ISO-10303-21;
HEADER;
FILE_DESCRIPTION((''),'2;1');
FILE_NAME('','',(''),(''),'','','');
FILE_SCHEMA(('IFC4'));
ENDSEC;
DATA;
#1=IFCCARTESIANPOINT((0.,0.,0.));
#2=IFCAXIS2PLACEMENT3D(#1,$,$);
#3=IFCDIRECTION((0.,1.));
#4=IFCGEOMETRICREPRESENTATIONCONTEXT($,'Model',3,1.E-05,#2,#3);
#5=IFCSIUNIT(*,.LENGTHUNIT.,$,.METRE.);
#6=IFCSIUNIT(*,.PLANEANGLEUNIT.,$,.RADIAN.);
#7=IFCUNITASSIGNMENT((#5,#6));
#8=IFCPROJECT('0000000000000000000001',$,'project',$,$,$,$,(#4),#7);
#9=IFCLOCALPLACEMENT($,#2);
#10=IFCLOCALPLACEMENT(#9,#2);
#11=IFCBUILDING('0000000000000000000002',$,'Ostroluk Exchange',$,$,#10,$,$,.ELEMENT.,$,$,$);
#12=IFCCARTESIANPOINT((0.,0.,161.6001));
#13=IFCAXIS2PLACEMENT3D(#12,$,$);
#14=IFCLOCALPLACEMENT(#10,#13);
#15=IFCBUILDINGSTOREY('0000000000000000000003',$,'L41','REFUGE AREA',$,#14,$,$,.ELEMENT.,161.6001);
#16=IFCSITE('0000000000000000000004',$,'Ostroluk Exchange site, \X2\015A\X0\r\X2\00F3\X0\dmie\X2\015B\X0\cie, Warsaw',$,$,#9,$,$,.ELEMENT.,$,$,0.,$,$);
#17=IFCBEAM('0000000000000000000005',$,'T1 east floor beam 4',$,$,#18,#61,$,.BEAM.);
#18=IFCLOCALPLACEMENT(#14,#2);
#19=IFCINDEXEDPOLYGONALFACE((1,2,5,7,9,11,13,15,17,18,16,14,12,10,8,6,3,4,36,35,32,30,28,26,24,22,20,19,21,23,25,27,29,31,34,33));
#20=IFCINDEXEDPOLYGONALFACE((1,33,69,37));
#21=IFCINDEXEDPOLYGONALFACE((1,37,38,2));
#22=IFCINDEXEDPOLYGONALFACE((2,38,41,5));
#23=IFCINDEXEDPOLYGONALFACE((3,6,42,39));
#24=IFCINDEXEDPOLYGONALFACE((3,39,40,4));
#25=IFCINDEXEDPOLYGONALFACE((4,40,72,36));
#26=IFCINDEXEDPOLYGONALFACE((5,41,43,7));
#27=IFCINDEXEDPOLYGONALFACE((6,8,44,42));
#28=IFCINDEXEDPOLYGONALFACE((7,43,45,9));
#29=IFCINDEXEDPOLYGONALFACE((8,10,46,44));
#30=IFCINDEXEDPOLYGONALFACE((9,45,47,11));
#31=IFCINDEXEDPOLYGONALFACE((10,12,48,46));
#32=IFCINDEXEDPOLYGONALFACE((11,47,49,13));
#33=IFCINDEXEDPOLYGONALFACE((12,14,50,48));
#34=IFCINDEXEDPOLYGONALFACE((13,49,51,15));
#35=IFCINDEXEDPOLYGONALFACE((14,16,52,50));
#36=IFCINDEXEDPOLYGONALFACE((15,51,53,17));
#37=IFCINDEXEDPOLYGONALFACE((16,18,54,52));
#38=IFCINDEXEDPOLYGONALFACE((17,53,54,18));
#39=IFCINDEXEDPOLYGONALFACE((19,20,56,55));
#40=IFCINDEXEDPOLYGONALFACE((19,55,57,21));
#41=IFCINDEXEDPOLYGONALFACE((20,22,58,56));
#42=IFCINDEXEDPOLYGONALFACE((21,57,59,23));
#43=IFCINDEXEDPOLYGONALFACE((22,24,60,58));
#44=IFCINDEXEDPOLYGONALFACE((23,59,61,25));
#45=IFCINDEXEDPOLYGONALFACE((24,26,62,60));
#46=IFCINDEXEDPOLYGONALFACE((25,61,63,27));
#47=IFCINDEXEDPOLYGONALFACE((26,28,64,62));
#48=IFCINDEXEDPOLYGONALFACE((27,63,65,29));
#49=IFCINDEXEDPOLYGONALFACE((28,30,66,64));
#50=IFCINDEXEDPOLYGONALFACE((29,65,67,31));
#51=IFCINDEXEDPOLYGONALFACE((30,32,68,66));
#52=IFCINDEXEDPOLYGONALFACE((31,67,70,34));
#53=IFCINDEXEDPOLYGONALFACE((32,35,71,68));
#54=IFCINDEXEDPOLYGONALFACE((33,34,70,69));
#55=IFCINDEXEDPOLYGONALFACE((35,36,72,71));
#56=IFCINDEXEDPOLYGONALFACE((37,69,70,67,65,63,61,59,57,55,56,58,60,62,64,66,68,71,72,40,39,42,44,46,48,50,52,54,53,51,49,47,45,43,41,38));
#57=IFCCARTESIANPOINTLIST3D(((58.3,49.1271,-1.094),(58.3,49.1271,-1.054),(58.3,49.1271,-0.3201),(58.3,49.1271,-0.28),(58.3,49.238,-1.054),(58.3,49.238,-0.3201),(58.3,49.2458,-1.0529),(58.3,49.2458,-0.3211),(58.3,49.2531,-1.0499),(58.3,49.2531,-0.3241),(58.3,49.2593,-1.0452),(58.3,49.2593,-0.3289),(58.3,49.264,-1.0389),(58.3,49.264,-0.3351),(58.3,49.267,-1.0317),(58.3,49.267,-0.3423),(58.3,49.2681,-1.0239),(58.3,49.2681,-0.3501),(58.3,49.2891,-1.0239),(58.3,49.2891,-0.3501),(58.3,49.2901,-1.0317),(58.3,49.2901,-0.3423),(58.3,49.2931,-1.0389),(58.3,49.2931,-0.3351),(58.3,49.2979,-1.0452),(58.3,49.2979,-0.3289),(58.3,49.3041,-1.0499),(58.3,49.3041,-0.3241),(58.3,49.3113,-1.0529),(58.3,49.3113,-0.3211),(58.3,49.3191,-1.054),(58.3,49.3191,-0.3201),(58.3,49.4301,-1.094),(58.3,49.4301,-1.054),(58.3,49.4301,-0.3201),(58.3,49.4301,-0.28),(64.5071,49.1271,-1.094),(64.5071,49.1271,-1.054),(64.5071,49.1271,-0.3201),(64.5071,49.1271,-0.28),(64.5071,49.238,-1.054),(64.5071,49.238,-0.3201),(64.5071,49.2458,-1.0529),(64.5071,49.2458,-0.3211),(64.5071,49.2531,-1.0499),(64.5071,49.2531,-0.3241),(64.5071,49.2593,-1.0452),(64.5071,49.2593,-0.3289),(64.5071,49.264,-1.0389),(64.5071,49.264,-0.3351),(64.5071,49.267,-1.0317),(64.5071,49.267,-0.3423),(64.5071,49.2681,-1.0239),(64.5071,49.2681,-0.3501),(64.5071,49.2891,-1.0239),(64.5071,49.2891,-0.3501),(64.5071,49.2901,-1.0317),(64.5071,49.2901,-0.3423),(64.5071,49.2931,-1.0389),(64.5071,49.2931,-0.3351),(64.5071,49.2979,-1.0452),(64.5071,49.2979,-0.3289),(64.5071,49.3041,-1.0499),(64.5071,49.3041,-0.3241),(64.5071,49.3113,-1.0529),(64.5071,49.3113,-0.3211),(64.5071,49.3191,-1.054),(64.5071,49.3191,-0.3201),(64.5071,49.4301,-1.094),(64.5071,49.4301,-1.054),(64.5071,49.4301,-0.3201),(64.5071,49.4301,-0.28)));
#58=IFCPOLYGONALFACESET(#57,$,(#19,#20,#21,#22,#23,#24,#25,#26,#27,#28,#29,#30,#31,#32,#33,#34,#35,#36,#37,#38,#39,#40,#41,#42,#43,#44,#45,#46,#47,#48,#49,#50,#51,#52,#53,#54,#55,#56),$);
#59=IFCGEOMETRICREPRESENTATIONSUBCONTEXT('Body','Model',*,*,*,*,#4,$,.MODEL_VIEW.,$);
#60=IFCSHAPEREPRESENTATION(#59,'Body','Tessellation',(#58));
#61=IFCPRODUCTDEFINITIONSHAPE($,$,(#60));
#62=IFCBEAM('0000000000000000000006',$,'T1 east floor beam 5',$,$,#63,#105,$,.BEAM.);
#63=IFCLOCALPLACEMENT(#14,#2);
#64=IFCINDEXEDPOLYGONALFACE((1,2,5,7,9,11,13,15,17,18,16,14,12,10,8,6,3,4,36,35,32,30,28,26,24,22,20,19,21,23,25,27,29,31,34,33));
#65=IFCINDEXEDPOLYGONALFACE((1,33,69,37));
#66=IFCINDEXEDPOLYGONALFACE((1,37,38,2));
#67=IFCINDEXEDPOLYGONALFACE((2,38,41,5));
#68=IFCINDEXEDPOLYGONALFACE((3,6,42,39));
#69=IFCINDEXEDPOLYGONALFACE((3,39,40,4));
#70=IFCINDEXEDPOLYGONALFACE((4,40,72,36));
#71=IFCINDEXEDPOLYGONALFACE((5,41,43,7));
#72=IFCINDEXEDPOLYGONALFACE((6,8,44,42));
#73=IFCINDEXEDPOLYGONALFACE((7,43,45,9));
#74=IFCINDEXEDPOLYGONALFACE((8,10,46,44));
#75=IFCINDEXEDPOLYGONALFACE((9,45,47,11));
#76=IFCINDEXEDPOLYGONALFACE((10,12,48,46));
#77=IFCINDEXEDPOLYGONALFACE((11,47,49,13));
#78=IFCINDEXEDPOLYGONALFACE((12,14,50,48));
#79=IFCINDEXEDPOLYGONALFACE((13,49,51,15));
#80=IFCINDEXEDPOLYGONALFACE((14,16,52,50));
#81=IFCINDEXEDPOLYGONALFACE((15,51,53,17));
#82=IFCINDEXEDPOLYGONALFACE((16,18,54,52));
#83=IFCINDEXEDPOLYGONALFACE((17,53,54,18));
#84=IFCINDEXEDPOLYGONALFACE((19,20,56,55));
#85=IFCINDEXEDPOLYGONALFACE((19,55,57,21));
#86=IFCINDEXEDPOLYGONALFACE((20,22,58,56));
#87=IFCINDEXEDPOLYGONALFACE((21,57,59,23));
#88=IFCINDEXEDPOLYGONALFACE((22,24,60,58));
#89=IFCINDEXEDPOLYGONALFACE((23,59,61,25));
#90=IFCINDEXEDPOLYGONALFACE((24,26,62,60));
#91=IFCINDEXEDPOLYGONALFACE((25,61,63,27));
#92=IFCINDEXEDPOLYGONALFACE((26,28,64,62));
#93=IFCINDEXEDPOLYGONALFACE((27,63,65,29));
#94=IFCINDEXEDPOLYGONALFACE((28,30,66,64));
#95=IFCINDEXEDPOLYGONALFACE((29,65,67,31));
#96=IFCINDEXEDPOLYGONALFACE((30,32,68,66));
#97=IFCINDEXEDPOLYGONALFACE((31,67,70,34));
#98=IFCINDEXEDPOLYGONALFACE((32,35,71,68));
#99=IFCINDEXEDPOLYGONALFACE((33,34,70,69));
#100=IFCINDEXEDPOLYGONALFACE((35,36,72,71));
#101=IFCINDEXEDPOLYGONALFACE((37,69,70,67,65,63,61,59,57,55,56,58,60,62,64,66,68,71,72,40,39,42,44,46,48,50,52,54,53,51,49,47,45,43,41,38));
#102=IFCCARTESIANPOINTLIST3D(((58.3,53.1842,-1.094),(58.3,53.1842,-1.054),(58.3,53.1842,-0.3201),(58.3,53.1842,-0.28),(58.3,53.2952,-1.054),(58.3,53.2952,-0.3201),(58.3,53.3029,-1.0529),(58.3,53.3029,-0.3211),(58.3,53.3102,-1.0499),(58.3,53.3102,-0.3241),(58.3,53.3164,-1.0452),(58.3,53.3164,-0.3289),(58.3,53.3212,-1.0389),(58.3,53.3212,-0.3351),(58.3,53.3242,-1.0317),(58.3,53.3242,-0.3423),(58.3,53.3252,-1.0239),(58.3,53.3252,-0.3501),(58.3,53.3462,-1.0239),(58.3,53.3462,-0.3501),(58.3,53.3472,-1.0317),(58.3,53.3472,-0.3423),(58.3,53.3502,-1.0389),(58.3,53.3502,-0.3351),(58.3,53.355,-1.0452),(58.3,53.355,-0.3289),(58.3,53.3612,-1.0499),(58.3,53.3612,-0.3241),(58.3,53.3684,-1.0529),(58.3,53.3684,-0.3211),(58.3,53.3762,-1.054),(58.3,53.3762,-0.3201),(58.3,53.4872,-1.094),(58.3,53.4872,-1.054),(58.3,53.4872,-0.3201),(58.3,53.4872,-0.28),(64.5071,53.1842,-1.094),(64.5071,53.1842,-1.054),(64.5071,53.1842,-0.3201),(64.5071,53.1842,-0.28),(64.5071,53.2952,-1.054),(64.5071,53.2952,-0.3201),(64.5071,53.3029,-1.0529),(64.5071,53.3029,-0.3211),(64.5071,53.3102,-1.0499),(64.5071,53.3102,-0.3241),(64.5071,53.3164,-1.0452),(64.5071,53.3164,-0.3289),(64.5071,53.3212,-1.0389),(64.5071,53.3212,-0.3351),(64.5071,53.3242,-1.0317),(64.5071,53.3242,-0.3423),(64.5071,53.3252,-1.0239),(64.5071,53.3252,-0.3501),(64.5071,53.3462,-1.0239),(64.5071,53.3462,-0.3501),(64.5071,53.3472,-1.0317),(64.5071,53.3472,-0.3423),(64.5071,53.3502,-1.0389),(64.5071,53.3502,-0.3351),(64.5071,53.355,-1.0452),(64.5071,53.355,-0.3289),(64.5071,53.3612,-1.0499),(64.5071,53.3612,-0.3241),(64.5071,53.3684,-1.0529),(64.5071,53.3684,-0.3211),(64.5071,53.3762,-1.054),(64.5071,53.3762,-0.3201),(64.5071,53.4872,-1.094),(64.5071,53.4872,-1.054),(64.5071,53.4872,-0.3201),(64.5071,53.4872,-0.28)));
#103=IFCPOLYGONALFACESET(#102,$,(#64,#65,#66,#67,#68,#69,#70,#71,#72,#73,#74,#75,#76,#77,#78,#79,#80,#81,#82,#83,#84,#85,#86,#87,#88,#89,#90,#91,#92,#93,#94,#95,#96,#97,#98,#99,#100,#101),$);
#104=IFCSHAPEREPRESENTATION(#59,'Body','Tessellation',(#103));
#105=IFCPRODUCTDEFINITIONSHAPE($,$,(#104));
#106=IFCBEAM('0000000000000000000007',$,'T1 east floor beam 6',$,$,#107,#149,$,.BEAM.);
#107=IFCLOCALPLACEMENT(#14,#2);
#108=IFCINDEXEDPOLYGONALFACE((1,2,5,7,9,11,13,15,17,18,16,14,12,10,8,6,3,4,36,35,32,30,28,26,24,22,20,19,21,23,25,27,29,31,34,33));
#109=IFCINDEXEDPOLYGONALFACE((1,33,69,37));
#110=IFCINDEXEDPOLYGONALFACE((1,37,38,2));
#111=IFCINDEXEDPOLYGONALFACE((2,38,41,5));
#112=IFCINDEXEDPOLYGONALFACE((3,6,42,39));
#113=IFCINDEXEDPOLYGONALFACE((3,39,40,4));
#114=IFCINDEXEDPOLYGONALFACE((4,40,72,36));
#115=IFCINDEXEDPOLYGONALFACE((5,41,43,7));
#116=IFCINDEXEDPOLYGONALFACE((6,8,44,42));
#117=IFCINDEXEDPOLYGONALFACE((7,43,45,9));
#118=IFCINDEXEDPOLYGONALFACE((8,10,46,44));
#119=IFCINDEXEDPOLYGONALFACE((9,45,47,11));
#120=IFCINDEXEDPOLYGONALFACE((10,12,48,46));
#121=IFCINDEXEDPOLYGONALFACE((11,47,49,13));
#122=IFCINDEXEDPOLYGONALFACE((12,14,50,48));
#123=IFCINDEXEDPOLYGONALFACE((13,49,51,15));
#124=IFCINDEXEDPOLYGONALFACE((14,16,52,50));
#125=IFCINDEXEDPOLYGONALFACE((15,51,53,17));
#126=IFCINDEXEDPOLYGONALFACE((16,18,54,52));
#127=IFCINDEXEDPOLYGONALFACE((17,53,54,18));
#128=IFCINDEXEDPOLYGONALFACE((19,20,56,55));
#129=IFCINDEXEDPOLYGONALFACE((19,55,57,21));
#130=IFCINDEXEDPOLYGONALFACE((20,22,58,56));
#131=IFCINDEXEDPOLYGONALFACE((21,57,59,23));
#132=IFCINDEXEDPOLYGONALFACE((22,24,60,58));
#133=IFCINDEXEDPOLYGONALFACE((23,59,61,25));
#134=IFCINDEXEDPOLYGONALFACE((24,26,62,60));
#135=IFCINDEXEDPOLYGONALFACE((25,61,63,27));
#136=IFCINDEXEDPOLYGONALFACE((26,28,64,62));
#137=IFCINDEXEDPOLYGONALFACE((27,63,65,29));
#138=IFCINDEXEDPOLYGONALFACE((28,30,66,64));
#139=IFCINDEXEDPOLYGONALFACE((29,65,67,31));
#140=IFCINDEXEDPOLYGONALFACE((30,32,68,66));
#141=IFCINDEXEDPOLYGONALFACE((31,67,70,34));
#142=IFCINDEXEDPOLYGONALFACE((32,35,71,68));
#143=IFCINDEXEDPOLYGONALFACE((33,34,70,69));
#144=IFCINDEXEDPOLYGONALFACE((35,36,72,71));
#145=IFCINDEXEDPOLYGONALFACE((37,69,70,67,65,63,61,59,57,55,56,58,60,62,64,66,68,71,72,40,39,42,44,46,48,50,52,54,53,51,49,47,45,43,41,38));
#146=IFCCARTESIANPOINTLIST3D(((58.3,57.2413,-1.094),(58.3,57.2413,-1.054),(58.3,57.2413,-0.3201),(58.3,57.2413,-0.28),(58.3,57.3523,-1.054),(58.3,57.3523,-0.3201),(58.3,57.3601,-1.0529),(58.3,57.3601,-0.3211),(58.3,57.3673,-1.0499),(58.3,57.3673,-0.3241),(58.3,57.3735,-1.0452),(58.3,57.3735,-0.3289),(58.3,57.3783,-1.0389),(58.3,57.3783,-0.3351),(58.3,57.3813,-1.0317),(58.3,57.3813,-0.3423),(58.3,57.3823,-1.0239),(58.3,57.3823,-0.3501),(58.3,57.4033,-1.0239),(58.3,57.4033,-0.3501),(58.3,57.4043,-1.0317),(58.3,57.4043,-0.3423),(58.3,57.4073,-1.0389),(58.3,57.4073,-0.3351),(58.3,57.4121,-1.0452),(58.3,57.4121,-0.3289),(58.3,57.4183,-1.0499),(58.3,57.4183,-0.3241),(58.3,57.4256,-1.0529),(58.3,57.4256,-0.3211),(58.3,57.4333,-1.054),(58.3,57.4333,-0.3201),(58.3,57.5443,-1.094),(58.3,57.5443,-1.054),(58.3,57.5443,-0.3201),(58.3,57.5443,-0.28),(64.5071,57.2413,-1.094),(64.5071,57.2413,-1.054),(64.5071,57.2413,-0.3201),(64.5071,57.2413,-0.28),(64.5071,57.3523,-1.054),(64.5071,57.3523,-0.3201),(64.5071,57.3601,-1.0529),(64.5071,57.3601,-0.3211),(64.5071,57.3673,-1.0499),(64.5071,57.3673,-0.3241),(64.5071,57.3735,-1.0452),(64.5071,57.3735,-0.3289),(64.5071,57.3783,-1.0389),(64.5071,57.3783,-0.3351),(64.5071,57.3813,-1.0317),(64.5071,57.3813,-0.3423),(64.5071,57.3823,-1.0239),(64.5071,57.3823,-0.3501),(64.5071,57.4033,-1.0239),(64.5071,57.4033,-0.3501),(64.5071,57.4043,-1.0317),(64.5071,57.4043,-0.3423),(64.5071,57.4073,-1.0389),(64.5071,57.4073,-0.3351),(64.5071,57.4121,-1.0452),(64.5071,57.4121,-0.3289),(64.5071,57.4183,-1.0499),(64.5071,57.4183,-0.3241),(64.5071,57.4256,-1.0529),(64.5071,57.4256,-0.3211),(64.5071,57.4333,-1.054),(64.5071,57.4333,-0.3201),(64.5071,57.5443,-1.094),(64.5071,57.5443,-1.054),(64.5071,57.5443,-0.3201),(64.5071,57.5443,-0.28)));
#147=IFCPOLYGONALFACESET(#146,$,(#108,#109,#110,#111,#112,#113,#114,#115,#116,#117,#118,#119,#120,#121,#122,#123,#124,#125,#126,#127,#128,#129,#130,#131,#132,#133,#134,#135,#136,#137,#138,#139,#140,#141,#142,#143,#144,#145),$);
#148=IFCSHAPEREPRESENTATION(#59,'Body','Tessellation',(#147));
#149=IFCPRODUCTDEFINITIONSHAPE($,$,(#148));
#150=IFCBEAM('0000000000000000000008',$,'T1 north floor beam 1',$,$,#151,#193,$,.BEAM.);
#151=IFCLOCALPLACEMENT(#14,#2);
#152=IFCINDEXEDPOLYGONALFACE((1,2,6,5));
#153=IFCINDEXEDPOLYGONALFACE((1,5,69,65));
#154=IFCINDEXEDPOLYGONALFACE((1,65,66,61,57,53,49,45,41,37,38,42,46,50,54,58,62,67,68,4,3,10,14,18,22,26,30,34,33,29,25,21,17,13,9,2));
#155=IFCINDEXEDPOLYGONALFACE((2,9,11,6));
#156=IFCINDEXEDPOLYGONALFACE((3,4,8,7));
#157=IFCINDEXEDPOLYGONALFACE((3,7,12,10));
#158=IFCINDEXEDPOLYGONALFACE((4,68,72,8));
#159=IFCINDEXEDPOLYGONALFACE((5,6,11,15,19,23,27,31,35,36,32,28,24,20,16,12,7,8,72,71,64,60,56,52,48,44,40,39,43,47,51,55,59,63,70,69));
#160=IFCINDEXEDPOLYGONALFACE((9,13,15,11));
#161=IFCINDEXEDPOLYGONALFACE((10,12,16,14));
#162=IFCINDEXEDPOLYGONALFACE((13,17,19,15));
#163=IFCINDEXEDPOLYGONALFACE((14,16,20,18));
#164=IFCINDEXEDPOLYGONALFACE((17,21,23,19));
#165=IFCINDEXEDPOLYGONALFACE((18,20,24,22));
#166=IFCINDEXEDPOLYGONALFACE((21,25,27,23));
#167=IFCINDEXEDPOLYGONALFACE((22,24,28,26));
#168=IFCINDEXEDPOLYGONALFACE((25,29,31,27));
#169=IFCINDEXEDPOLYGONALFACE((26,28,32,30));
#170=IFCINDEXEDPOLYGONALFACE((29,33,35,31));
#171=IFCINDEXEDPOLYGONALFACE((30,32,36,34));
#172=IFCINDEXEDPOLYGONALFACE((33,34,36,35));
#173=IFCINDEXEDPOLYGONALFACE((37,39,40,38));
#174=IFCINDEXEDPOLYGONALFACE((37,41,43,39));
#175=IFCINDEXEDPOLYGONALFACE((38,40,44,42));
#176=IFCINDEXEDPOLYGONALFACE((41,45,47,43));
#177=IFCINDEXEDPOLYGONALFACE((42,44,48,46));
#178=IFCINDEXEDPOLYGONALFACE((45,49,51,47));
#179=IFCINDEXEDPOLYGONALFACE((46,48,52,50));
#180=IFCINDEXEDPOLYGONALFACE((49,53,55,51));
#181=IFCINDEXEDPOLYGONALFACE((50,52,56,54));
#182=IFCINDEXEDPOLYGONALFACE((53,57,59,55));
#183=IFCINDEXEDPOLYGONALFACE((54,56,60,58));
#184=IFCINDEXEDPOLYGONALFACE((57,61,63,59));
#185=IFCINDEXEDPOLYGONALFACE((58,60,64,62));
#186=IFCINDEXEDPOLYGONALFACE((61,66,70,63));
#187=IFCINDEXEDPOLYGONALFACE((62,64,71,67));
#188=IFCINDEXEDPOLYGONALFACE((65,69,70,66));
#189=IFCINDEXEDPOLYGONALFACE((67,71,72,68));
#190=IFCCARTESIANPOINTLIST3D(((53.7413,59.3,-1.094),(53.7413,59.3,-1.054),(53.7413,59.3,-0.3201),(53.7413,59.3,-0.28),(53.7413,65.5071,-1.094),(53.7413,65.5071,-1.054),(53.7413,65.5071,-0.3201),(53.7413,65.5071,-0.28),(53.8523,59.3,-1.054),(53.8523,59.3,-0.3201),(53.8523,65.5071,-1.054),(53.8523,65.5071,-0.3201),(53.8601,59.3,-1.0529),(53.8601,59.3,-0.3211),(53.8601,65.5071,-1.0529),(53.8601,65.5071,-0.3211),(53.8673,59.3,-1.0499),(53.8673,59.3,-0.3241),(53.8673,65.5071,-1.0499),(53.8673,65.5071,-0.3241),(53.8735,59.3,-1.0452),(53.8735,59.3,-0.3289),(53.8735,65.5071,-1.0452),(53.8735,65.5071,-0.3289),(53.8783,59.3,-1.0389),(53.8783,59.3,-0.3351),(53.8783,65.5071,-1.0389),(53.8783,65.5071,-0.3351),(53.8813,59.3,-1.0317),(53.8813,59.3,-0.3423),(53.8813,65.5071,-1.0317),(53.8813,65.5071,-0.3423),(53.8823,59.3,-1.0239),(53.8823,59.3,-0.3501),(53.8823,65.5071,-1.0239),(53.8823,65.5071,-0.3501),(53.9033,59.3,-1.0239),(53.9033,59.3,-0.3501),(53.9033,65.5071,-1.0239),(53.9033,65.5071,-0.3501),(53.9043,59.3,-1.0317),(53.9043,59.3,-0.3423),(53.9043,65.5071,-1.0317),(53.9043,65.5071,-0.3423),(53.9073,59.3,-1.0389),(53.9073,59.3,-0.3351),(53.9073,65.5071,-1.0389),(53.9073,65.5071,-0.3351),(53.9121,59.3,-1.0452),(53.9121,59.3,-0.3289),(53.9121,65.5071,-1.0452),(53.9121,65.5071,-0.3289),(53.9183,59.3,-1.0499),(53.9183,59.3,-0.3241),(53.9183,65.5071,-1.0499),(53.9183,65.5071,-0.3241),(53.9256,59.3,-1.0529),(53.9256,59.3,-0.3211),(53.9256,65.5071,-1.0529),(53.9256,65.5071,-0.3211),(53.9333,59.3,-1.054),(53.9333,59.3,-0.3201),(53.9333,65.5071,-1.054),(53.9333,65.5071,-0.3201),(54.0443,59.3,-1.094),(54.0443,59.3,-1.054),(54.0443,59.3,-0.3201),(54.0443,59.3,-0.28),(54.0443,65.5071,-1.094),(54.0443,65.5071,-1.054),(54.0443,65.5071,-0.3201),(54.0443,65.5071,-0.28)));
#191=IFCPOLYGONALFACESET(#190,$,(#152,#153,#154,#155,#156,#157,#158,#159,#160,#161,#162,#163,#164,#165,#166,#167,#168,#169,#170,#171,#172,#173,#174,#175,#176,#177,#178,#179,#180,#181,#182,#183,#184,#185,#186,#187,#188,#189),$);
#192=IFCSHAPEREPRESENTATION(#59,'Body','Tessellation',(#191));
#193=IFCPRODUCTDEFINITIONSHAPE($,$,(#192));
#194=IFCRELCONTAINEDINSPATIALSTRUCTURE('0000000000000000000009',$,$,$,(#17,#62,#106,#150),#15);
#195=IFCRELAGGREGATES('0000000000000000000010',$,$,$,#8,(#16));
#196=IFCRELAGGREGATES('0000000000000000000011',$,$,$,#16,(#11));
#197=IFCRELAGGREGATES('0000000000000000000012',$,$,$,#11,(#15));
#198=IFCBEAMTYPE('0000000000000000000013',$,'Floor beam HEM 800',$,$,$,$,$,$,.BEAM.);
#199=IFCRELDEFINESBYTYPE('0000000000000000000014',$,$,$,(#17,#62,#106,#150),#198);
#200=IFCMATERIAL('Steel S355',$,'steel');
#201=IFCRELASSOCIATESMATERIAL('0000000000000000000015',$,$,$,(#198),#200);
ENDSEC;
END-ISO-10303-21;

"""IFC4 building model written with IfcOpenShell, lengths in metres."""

from ifc_helpers import new_model, si_unit, direction, frame, origin, origin_2d, place, context, subcontext, project, spatial, i_section, extrude, material, material_profile, profile_set, type_object, element, save


model = new_model("IFC4")

# Units and contexts
model_context = context("Model", 3, precision=1e-05, world=origin(), true_north=direction((0.0, 1.0)))
body_context = subcontext(model_context, "Body", "Model", "MODEL_VIEW")
ifc_project = project(units=[si_unit("LENGTHUNIT", "METRE"), si_unit("PLANEANGLEUNIT", "RADIAN")], contexts=[model_context])

# Site, building, storey
site_placement = place(None, origin())
site = spatial("IfcSite", under=ifc_project, at=site_placement, Name="Ostroluk Exchange site, Śródmieście, Warsaw", CompositionType="ELEMENT", RefElevation=0.0)
building_placement = place(site_placement, origin())
building = spatial("IfcBuilding", under=site, at=building_placement, Name="Ostroluk Exchange", CompositionType="ELEMENT")
storey_placement = place(building_placement, frame((0.0, 0.0, 161.6001)))
storey = spatial("IfcBuildingStorey", under=building, at=storey_placement, Name="L41", Description="REFUGE AREA", CompositionType="ELEMENT", Elevation=161.6001)

# Beams
ifc_material_1 = material(Name="Steel S355", Category="steel")
ifc_material_profile_1 = material_profile(ifc_material_1, i_section(OverallWidth=0.303, OverallDepth=0.814, WebThickness=0.021, FlangeThickness=0.04, FilletRadius=0.03, at=origin_2d()), Name="HEM 800")
ifc_profile_set_1 = profile_set([ifc_material_profile_1], Name="Steel S355")
beam_type_1 = type_object("IfcBeamType", Name="Floor beam HEM 800", PredefinedType="BEAM", material=ifc_profile_set_1)
for number, where, z_axis, x_axis, name in (
    (1, (58.3, 49.2786, -0.687), (1.0, 0.0, 0.0), (0.0, 1.0, 0.0), "T1 east floor beam 4"),
    (2, (58.3, 53.3357, -0.687), (1.0, 0.0, 0.0), (0.0, 1.0, 0.0), "T1 east floor beam 5"),
    (3, (58.3, 57.3928, -0.687), (1.0, 0.0, 0.0), (0.0, 1.0, 0.0), "T1 east floor beam 6"),
    (4, (53.8928, 59.3, -0.687), (0.0, 1.0, 0.0), (-1.0, 0.0, 0.0), "T1 north floor beam 1"),
):
    element("IfcBeam", number, at=place(storey_placement, frame(where, z_axis=z_axis, x_axis=x_axis)), inside=storey, type_object=beam_type_1, Name=name, PredefinedType="BEAM", context=body_context, shape_type="SweptSolid", body=[
        extrude(i_section(OverallWidth=0.303, OverallDepth=0.814, WebThickness=0.021, FlangeThickness=0.04, FilletRadius=0.03, at=origin_2d()), origin(), (0.0, 0.0, 1.0), 6.207),
    ])

save(model, "model.ifc")
